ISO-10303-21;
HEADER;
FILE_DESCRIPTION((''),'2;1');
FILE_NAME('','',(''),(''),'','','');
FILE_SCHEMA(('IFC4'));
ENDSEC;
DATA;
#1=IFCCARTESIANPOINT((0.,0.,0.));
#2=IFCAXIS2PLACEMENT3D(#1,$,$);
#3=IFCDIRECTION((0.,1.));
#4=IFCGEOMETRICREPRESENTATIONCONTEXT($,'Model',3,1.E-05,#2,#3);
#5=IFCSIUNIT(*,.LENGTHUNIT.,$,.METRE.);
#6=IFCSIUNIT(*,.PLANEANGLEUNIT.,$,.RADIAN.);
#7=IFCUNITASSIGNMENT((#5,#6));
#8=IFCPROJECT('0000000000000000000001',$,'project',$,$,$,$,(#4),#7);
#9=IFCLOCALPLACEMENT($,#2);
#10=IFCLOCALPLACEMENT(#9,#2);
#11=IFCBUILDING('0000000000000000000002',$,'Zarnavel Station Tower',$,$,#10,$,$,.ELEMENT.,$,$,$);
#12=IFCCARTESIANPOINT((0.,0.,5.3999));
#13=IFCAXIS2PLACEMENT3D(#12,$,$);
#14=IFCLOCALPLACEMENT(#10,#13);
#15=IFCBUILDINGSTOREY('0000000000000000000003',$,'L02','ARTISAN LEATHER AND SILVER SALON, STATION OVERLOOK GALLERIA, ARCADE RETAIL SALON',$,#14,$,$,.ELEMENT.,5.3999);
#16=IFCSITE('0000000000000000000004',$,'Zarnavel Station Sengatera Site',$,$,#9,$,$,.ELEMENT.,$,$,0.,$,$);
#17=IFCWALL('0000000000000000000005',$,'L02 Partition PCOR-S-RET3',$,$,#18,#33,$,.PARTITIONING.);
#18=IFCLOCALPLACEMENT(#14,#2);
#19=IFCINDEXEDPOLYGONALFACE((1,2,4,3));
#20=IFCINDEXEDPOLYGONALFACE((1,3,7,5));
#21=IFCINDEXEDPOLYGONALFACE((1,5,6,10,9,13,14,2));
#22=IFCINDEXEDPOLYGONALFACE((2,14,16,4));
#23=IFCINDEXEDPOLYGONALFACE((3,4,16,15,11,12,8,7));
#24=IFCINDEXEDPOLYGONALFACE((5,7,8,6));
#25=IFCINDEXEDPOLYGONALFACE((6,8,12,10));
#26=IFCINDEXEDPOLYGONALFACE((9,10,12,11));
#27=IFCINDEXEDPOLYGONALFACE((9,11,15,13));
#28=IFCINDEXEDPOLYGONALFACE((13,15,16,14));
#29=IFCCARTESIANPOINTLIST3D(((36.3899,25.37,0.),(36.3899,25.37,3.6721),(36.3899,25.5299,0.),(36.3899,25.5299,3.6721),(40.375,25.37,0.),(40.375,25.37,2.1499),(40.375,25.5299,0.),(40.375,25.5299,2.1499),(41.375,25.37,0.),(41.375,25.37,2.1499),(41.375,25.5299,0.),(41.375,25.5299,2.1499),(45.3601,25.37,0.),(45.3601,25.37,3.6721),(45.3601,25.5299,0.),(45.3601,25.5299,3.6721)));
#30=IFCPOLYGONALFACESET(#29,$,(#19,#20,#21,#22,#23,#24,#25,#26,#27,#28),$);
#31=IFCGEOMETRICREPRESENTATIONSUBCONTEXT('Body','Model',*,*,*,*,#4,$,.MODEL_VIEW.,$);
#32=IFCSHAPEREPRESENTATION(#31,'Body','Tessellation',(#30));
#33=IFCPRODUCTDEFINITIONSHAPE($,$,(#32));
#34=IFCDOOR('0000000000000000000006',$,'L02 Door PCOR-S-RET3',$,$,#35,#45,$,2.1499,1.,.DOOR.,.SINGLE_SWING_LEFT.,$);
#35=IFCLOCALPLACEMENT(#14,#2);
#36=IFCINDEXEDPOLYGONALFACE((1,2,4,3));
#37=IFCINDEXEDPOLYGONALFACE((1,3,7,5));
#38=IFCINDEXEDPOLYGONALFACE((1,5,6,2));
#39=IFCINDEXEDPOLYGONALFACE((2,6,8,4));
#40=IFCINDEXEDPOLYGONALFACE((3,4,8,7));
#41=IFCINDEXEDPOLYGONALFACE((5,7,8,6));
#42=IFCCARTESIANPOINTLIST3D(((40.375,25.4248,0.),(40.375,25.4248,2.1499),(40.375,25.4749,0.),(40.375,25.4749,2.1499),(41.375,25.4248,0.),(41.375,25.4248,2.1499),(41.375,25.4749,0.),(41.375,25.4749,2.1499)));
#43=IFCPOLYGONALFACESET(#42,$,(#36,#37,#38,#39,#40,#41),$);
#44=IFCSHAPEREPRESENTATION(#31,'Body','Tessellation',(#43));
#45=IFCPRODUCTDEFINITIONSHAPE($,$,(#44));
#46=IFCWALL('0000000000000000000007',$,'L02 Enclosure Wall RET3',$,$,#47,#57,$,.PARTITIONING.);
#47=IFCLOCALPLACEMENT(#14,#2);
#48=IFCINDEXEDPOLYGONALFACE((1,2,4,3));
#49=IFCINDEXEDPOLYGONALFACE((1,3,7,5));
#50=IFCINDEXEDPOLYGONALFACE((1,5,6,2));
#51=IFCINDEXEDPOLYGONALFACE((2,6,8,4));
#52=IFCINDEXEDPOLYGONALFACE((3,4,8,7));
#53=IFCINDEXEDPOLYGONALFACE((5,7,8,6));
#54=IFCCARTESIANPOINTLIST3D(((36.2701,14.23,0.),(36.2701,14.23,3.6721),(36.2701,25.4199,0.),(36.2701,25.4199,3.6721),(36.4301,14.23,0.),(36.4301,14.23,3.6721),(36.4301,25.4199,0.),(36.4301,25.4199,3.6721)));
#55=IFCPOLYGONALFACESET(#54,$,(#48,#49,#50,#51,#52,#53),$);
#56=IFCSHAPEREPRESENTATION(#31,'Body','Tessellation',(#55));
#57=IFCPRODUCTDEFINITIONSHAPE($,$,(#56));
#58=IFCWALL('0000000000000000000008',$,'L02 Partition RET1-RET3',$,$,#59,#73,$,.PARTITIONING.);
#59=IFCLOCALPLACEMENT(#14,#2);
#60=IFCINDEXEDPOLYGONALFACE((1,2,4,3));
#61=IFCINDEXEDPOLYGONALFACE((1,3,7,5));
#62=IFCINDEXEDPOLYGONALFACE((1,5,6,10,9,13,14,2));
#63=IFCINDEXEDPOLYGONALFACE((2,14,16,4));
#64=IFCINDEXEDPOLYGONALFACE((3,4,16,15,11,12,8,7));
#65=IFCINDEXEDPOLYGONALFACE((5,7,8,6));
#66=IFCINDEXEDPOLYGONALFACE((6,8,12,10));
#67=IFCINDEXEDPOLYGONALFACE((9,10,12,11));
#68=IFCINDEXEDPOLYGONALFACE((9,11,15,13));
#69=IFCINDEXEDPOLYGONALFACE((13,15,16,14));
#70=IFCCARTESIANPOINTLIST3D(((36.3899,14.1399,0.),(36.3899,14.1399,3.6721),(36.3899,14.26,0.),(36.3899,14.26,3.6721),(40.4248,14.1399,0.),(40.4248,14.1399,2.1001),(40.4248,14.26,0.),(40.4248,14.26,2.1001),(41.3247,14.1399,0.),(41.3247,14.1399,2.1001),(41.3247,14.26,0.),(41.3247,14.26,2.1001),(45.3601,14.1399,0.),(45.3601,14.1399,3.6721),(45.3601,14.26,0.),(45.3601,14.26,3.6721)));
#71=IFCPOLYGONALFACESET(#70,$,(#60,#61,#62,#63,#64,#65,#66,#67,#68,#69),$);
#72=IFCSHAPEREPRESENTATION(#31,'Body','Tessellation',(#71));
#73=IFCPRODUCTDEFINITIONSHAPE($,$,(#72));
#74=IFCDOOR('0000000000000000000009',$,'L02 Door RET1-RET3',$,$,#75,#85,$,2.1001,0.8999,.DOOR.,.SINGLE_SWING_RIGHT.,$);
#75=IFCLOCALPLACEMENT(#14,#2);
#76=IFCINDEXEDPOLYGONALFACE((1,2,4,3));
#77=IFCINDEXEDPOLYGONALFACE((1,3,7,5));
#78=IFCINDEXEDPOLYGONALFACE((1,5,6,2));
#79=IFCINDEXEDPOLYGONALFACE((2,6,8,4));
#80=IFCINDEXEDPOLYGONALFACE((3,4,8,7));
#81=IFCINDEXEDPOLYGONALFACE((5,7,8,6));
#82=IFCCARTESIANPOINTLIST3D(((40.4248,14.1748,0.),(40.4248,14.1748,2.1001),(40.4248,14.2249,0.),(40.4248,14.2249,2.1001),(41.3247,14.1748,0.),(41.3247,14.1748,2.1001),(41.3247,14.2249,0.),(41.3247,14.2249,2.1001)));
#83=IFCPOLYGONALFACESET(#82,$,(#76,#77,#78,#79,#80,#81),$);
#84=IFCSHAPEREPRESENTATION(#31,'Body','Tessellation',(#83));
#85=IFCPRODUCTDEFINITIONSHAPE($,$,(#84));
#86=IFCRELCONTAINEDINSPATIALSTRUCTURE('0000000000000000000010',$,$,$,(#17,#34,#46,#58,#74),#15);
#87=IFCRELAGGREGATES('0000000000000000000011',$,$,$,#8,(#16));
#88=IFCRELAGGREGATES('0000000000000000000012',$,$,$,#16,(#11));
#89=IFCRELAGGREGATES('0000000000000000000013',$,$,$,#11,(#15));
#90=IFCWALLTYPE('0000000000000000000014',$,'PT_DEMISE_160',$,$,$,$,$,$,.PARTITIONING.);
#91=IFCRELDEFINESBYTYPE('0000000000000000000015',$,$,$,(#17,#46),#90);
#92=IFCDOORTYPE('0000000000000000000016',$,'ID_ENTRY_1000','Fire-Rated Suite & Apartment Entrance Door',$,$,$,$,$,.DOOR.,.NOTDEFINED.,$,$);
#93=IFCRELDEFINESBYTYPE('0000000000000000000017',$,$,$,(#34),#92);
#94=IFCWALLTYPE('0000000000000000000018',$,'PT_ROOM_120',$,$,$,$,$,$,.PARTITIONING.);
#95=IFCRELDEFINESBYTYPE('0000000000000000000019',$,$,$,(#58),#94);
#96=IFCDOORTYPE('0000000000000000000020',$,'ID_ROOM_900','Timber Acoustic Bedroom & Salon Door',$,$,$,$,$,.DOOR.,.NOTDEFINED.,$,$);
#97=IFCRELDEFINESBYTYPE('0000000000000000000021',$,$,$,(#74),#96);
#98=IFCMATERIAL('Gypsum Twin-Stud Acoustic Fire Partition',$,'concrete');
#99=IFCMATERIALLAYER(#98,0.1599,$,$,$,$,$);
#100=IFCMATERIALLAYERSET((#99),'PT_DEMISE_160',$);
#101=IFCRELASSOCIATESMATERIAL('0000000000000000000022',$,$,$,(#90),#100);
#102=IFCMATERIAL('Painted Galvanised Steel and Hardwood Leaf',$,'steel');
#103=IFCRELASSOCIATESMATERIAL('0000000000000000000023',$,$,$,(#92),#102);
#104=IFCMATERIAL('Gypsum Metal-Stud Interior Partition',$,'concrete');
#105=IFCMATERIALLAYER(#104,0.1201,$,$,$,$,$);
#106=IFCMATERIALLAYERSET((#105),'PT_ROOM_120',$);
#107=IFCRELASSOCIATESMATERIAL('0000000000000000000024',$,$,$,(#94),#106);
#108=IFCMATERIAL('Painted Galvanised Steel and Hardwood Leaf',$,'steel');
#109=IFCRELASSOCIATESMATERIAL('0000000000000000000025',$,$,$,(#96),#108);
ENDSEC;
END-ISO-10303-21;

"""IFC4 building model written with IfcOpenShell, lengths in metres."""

from ifc_helpers import new_model, si_unit, direction, frame, frame_2d, origin, place, context, subcontext, project, spatial, rectangle, extrude, material, layer, layer_set, type_object, element, fill, save


model = new_model("IFC4")

# Units and contexts
model_context = context("Model", 3, precision=1e-05, world=origin(), true_north=direction((0.0, 1.0)))
body_context = subcontext(model_context, "Body", "Model", "MODEL_VIEW")
ifc_project = project(units=[si_unit("LENGTHUNIT", "METRE"), si_unit("PLANEANGLEUNIT", "RADIAN")], contexts=[model_context])

# Site, building, storey
site_placement = place(None, origin())
site = spatial("IfcSite", under=ifc_project, at=site_placement, Name="Zarnavel Station Sengatera Site", CompositionType="ELEMENT", RefElevation=0.0)
building_placement = place(site_placement, origin())
building = spatial("IfcBuilding", under=site, at=building_placement, Name="Zarnavel Station Tower", CompositionType="ELEMENT")
storey_placement = place(building_placement, frame((0.0, 0.0, 5.3999)))
storey = spatial("IfcBuildingStorey", under=building, at=storey_placement, Name="L02", Description="ARTISAN LEATHER AND SILVER SALON, STATION OVERLOOK GALLERIA, ARCADE RETAIL SALON", CompositionType="ELEMENT", Elevation=5.3999)

# Wall, opening, door
ifc_material_1 = material(Name="Gypsum Twin-Stud Acoustic Fire Partition", Category="concrete")
ifc_layer_1 = layer(ifc_material_1, 0.1599)
ifc_layer_set_1 = layer_set([ifc_layer_1], Name="PT_DEMISE_160")
wall_type_1 = type_object("IfcWallType", Name="PT_DEMISE_160", PredefinedType="PARTITIONING", material=ifc_layer_set_1)
wall_1_placement = place(storey_placement, frame((36.3899, 25.45, 0.0), z_axis=(0.0, 0.0, 1.0), x_axis=(1.0, 0.0, 0.0)))
wall_1 = element("IfcWall", 1, at=wall_1_placement, inside=storey, type_object=wall_type_1, Name="L02 Partition PCOR-S-RET3", PredefinedType="PARTITIONING", context=body_context, shape_type="SweptSolid", body=[
    extrude(rectangle(XDim=8.9702, YDim=0.1599, at=frame_2d((4.4851, 0.0))), origin(), (0.0, 0.0, 1.0), 3.6721),
])
opening_1_placement = place(wall_1_placement, frame((3.9851, 0.0, 0.0)))
opening_1 = element("IfcOpeningElement", 2, at=opening_1_placement, cuts=wall_1, PredefinedType="OPENING", context=body_context, shape_type="SweptSolid", body=[
    extrude(rectangle(XDim=1.0, YDim=2.1499, at=frame_2d((0.5, 1.075))), frame((0.0, 0.0898, 0.0), z_axis=(0.0, -1.0, 0.0), x_axis=(1.0, 0.0, 0.0)), (0.0, 0.0, 1.0), 0.1799),
])
ifc_material_2 = material(Name="Painted Galvanised Steel and Hardwood Leaf", Category="steel")
door_type_1 = type_object("IfcDoorType", Name="ID_ENTRY_1000", Description="Fire-Rated Suite & Apartment Entrance Door", OperationType="NOTDEFINED", PredefinedType="DOOR", material=ifc_material_2)
door_1_placement = place(opening_1_placement, origin())
door_1 = element("IfcDoor", 3, at=door_1_placement, inside=storey, type_object=door_type_1, Name="L02 Door PCOR-S-RET3", OperationType="SINGLE_SWING_LEFT", OverallHeight=2.1499, OverallWidth=1.0, PredefinedType="DOOR", context=body_context, shape_type="SweptSolid", body=[
    extrude(rectangle(XDim=1.0, YDim=2.1499, at=frame_2d((0.5, 1.075))), frame((0.0, 0.0249, 0.0), z_axis=(0.0, -1.0, 0.0), x_axis=(1.0, 0.0, 0.0)), (0.0, 0.0, 1.0), 0.05),
])
fill(opening_1, door_1)

# Wall
wall_2_placement = place(storey_placement, frame((36.3501, 14.23, 0.0), z_axis=(0.0, 0.0, 1.0), x_axis=(0.0, 1.0, 0.0)))
element("IfcWall", 4, at=wall_2_placement, inside=storey, type_object=wall_type_1, Name="L02 Enclosure Wall RET3", PredefinedType="PARTITIONING", context=body_context, shape_type="SweptSolid", body=[
    extrude(rectangle(XDim=11.1899, YDim=0.1599, at=frame_2d((5.595, 0.0))), origin(), (0.0, 0.0, 1.0), 3.6721),
])

# Wall, opening, door
ifc_material_3 = material(Name="Gypsum Metal-Stud Interior Partition", Category="concrete")
ifc_layer_2 = layer(ifc_material_3, 0.1201)
ifc_layer_set_2 = layer_set([ifc_layer_2], Name="PT_ROOM_120")
wall_type_2 = type_object("IfcWallType", Name="PT_ROOM_120", PredefinedType="PARTITIONING", material=ifc_layer_set_2)
wall_3_placement = place(storey_placement, frame((36.3899, 14.2, 0.0), z_axis=(0.0, 0.0, 1.0), x_axis=(1.0, 0.0, 0.0)))
wall_3 = element("IfcWall", 5, at=wall_3_placement, inside=storey, type_object=wall_type_2, Name="L02 Partition RET1-RET3", PredefinedType="PARTITIONING", context=body_context, shape_type="SweptSolid", body=[
    extrude(rectangle(XDim=8.9702, YDim=0.1201, at=frame_2d((4.4851, 0.0))), origin(), (0.0, 0.0, 1.0), 3.6721),
])
opening_2_placement = place(wall_3_placement, frame((4.0349, 0.0, 0.0)))
opening_2 = element("IfcOpeningElement", 6, at=opening_2_placement, cuts=wall_3, PredefinedType="OPENING", context=body_context, shape_type="SweptSolid", body=[
    extrude(rectangle(XDim=0.8999, YDim=2.1001, at=frame_2d((0.45, 1.05))), frame((0.0, 0.0701, 0.0), z_axis=(0.0, -1.0, 0.0), x_axis=(1.0, 0.0, 0.0)), (0.0, 0.0, 1.0), 0.1401),
])
ifc_material_4 = material(Name="Painted Galvanised Steel and Hardwood Leaf", Category="steel")
door_type_2 = type_object("IfcDoorType", Name="ID_ROOM_900", Description="Timber Acoustic Bedroom & Salon Door", OperationType="NOTDEFINED", PredefinedType="DOOR", material=ifc_material_4)
door_2_placement = place(opening_2_placement, origin())
door_2 = element("IfcDoor", 7, at=door_2_placement, inside=storey, type_object=door_type_2, Name="L02 Door RET1-RET3", OperationType="SINGLE_SWING_RIGHT", OverallHeight=2.1001, OverallWidth=0.8999, PredefinedType="DOOR", context=body_context, shape_type="SweptSolid", body=[
    extrude(rectangle(XDim=0.8999, YDim=2.1001, at=frame_2d((0.45, 1.05))), frame((0.0, 0.0249, 0.0), z_axis=(0.0, -1.0, 0.0), x_axis=(1.0, 0.0, 0.0)), (0.0, 0.0, 1.0), 0.05),
])
fill(opening_2, door_2)

save(model, "model.ifc")
